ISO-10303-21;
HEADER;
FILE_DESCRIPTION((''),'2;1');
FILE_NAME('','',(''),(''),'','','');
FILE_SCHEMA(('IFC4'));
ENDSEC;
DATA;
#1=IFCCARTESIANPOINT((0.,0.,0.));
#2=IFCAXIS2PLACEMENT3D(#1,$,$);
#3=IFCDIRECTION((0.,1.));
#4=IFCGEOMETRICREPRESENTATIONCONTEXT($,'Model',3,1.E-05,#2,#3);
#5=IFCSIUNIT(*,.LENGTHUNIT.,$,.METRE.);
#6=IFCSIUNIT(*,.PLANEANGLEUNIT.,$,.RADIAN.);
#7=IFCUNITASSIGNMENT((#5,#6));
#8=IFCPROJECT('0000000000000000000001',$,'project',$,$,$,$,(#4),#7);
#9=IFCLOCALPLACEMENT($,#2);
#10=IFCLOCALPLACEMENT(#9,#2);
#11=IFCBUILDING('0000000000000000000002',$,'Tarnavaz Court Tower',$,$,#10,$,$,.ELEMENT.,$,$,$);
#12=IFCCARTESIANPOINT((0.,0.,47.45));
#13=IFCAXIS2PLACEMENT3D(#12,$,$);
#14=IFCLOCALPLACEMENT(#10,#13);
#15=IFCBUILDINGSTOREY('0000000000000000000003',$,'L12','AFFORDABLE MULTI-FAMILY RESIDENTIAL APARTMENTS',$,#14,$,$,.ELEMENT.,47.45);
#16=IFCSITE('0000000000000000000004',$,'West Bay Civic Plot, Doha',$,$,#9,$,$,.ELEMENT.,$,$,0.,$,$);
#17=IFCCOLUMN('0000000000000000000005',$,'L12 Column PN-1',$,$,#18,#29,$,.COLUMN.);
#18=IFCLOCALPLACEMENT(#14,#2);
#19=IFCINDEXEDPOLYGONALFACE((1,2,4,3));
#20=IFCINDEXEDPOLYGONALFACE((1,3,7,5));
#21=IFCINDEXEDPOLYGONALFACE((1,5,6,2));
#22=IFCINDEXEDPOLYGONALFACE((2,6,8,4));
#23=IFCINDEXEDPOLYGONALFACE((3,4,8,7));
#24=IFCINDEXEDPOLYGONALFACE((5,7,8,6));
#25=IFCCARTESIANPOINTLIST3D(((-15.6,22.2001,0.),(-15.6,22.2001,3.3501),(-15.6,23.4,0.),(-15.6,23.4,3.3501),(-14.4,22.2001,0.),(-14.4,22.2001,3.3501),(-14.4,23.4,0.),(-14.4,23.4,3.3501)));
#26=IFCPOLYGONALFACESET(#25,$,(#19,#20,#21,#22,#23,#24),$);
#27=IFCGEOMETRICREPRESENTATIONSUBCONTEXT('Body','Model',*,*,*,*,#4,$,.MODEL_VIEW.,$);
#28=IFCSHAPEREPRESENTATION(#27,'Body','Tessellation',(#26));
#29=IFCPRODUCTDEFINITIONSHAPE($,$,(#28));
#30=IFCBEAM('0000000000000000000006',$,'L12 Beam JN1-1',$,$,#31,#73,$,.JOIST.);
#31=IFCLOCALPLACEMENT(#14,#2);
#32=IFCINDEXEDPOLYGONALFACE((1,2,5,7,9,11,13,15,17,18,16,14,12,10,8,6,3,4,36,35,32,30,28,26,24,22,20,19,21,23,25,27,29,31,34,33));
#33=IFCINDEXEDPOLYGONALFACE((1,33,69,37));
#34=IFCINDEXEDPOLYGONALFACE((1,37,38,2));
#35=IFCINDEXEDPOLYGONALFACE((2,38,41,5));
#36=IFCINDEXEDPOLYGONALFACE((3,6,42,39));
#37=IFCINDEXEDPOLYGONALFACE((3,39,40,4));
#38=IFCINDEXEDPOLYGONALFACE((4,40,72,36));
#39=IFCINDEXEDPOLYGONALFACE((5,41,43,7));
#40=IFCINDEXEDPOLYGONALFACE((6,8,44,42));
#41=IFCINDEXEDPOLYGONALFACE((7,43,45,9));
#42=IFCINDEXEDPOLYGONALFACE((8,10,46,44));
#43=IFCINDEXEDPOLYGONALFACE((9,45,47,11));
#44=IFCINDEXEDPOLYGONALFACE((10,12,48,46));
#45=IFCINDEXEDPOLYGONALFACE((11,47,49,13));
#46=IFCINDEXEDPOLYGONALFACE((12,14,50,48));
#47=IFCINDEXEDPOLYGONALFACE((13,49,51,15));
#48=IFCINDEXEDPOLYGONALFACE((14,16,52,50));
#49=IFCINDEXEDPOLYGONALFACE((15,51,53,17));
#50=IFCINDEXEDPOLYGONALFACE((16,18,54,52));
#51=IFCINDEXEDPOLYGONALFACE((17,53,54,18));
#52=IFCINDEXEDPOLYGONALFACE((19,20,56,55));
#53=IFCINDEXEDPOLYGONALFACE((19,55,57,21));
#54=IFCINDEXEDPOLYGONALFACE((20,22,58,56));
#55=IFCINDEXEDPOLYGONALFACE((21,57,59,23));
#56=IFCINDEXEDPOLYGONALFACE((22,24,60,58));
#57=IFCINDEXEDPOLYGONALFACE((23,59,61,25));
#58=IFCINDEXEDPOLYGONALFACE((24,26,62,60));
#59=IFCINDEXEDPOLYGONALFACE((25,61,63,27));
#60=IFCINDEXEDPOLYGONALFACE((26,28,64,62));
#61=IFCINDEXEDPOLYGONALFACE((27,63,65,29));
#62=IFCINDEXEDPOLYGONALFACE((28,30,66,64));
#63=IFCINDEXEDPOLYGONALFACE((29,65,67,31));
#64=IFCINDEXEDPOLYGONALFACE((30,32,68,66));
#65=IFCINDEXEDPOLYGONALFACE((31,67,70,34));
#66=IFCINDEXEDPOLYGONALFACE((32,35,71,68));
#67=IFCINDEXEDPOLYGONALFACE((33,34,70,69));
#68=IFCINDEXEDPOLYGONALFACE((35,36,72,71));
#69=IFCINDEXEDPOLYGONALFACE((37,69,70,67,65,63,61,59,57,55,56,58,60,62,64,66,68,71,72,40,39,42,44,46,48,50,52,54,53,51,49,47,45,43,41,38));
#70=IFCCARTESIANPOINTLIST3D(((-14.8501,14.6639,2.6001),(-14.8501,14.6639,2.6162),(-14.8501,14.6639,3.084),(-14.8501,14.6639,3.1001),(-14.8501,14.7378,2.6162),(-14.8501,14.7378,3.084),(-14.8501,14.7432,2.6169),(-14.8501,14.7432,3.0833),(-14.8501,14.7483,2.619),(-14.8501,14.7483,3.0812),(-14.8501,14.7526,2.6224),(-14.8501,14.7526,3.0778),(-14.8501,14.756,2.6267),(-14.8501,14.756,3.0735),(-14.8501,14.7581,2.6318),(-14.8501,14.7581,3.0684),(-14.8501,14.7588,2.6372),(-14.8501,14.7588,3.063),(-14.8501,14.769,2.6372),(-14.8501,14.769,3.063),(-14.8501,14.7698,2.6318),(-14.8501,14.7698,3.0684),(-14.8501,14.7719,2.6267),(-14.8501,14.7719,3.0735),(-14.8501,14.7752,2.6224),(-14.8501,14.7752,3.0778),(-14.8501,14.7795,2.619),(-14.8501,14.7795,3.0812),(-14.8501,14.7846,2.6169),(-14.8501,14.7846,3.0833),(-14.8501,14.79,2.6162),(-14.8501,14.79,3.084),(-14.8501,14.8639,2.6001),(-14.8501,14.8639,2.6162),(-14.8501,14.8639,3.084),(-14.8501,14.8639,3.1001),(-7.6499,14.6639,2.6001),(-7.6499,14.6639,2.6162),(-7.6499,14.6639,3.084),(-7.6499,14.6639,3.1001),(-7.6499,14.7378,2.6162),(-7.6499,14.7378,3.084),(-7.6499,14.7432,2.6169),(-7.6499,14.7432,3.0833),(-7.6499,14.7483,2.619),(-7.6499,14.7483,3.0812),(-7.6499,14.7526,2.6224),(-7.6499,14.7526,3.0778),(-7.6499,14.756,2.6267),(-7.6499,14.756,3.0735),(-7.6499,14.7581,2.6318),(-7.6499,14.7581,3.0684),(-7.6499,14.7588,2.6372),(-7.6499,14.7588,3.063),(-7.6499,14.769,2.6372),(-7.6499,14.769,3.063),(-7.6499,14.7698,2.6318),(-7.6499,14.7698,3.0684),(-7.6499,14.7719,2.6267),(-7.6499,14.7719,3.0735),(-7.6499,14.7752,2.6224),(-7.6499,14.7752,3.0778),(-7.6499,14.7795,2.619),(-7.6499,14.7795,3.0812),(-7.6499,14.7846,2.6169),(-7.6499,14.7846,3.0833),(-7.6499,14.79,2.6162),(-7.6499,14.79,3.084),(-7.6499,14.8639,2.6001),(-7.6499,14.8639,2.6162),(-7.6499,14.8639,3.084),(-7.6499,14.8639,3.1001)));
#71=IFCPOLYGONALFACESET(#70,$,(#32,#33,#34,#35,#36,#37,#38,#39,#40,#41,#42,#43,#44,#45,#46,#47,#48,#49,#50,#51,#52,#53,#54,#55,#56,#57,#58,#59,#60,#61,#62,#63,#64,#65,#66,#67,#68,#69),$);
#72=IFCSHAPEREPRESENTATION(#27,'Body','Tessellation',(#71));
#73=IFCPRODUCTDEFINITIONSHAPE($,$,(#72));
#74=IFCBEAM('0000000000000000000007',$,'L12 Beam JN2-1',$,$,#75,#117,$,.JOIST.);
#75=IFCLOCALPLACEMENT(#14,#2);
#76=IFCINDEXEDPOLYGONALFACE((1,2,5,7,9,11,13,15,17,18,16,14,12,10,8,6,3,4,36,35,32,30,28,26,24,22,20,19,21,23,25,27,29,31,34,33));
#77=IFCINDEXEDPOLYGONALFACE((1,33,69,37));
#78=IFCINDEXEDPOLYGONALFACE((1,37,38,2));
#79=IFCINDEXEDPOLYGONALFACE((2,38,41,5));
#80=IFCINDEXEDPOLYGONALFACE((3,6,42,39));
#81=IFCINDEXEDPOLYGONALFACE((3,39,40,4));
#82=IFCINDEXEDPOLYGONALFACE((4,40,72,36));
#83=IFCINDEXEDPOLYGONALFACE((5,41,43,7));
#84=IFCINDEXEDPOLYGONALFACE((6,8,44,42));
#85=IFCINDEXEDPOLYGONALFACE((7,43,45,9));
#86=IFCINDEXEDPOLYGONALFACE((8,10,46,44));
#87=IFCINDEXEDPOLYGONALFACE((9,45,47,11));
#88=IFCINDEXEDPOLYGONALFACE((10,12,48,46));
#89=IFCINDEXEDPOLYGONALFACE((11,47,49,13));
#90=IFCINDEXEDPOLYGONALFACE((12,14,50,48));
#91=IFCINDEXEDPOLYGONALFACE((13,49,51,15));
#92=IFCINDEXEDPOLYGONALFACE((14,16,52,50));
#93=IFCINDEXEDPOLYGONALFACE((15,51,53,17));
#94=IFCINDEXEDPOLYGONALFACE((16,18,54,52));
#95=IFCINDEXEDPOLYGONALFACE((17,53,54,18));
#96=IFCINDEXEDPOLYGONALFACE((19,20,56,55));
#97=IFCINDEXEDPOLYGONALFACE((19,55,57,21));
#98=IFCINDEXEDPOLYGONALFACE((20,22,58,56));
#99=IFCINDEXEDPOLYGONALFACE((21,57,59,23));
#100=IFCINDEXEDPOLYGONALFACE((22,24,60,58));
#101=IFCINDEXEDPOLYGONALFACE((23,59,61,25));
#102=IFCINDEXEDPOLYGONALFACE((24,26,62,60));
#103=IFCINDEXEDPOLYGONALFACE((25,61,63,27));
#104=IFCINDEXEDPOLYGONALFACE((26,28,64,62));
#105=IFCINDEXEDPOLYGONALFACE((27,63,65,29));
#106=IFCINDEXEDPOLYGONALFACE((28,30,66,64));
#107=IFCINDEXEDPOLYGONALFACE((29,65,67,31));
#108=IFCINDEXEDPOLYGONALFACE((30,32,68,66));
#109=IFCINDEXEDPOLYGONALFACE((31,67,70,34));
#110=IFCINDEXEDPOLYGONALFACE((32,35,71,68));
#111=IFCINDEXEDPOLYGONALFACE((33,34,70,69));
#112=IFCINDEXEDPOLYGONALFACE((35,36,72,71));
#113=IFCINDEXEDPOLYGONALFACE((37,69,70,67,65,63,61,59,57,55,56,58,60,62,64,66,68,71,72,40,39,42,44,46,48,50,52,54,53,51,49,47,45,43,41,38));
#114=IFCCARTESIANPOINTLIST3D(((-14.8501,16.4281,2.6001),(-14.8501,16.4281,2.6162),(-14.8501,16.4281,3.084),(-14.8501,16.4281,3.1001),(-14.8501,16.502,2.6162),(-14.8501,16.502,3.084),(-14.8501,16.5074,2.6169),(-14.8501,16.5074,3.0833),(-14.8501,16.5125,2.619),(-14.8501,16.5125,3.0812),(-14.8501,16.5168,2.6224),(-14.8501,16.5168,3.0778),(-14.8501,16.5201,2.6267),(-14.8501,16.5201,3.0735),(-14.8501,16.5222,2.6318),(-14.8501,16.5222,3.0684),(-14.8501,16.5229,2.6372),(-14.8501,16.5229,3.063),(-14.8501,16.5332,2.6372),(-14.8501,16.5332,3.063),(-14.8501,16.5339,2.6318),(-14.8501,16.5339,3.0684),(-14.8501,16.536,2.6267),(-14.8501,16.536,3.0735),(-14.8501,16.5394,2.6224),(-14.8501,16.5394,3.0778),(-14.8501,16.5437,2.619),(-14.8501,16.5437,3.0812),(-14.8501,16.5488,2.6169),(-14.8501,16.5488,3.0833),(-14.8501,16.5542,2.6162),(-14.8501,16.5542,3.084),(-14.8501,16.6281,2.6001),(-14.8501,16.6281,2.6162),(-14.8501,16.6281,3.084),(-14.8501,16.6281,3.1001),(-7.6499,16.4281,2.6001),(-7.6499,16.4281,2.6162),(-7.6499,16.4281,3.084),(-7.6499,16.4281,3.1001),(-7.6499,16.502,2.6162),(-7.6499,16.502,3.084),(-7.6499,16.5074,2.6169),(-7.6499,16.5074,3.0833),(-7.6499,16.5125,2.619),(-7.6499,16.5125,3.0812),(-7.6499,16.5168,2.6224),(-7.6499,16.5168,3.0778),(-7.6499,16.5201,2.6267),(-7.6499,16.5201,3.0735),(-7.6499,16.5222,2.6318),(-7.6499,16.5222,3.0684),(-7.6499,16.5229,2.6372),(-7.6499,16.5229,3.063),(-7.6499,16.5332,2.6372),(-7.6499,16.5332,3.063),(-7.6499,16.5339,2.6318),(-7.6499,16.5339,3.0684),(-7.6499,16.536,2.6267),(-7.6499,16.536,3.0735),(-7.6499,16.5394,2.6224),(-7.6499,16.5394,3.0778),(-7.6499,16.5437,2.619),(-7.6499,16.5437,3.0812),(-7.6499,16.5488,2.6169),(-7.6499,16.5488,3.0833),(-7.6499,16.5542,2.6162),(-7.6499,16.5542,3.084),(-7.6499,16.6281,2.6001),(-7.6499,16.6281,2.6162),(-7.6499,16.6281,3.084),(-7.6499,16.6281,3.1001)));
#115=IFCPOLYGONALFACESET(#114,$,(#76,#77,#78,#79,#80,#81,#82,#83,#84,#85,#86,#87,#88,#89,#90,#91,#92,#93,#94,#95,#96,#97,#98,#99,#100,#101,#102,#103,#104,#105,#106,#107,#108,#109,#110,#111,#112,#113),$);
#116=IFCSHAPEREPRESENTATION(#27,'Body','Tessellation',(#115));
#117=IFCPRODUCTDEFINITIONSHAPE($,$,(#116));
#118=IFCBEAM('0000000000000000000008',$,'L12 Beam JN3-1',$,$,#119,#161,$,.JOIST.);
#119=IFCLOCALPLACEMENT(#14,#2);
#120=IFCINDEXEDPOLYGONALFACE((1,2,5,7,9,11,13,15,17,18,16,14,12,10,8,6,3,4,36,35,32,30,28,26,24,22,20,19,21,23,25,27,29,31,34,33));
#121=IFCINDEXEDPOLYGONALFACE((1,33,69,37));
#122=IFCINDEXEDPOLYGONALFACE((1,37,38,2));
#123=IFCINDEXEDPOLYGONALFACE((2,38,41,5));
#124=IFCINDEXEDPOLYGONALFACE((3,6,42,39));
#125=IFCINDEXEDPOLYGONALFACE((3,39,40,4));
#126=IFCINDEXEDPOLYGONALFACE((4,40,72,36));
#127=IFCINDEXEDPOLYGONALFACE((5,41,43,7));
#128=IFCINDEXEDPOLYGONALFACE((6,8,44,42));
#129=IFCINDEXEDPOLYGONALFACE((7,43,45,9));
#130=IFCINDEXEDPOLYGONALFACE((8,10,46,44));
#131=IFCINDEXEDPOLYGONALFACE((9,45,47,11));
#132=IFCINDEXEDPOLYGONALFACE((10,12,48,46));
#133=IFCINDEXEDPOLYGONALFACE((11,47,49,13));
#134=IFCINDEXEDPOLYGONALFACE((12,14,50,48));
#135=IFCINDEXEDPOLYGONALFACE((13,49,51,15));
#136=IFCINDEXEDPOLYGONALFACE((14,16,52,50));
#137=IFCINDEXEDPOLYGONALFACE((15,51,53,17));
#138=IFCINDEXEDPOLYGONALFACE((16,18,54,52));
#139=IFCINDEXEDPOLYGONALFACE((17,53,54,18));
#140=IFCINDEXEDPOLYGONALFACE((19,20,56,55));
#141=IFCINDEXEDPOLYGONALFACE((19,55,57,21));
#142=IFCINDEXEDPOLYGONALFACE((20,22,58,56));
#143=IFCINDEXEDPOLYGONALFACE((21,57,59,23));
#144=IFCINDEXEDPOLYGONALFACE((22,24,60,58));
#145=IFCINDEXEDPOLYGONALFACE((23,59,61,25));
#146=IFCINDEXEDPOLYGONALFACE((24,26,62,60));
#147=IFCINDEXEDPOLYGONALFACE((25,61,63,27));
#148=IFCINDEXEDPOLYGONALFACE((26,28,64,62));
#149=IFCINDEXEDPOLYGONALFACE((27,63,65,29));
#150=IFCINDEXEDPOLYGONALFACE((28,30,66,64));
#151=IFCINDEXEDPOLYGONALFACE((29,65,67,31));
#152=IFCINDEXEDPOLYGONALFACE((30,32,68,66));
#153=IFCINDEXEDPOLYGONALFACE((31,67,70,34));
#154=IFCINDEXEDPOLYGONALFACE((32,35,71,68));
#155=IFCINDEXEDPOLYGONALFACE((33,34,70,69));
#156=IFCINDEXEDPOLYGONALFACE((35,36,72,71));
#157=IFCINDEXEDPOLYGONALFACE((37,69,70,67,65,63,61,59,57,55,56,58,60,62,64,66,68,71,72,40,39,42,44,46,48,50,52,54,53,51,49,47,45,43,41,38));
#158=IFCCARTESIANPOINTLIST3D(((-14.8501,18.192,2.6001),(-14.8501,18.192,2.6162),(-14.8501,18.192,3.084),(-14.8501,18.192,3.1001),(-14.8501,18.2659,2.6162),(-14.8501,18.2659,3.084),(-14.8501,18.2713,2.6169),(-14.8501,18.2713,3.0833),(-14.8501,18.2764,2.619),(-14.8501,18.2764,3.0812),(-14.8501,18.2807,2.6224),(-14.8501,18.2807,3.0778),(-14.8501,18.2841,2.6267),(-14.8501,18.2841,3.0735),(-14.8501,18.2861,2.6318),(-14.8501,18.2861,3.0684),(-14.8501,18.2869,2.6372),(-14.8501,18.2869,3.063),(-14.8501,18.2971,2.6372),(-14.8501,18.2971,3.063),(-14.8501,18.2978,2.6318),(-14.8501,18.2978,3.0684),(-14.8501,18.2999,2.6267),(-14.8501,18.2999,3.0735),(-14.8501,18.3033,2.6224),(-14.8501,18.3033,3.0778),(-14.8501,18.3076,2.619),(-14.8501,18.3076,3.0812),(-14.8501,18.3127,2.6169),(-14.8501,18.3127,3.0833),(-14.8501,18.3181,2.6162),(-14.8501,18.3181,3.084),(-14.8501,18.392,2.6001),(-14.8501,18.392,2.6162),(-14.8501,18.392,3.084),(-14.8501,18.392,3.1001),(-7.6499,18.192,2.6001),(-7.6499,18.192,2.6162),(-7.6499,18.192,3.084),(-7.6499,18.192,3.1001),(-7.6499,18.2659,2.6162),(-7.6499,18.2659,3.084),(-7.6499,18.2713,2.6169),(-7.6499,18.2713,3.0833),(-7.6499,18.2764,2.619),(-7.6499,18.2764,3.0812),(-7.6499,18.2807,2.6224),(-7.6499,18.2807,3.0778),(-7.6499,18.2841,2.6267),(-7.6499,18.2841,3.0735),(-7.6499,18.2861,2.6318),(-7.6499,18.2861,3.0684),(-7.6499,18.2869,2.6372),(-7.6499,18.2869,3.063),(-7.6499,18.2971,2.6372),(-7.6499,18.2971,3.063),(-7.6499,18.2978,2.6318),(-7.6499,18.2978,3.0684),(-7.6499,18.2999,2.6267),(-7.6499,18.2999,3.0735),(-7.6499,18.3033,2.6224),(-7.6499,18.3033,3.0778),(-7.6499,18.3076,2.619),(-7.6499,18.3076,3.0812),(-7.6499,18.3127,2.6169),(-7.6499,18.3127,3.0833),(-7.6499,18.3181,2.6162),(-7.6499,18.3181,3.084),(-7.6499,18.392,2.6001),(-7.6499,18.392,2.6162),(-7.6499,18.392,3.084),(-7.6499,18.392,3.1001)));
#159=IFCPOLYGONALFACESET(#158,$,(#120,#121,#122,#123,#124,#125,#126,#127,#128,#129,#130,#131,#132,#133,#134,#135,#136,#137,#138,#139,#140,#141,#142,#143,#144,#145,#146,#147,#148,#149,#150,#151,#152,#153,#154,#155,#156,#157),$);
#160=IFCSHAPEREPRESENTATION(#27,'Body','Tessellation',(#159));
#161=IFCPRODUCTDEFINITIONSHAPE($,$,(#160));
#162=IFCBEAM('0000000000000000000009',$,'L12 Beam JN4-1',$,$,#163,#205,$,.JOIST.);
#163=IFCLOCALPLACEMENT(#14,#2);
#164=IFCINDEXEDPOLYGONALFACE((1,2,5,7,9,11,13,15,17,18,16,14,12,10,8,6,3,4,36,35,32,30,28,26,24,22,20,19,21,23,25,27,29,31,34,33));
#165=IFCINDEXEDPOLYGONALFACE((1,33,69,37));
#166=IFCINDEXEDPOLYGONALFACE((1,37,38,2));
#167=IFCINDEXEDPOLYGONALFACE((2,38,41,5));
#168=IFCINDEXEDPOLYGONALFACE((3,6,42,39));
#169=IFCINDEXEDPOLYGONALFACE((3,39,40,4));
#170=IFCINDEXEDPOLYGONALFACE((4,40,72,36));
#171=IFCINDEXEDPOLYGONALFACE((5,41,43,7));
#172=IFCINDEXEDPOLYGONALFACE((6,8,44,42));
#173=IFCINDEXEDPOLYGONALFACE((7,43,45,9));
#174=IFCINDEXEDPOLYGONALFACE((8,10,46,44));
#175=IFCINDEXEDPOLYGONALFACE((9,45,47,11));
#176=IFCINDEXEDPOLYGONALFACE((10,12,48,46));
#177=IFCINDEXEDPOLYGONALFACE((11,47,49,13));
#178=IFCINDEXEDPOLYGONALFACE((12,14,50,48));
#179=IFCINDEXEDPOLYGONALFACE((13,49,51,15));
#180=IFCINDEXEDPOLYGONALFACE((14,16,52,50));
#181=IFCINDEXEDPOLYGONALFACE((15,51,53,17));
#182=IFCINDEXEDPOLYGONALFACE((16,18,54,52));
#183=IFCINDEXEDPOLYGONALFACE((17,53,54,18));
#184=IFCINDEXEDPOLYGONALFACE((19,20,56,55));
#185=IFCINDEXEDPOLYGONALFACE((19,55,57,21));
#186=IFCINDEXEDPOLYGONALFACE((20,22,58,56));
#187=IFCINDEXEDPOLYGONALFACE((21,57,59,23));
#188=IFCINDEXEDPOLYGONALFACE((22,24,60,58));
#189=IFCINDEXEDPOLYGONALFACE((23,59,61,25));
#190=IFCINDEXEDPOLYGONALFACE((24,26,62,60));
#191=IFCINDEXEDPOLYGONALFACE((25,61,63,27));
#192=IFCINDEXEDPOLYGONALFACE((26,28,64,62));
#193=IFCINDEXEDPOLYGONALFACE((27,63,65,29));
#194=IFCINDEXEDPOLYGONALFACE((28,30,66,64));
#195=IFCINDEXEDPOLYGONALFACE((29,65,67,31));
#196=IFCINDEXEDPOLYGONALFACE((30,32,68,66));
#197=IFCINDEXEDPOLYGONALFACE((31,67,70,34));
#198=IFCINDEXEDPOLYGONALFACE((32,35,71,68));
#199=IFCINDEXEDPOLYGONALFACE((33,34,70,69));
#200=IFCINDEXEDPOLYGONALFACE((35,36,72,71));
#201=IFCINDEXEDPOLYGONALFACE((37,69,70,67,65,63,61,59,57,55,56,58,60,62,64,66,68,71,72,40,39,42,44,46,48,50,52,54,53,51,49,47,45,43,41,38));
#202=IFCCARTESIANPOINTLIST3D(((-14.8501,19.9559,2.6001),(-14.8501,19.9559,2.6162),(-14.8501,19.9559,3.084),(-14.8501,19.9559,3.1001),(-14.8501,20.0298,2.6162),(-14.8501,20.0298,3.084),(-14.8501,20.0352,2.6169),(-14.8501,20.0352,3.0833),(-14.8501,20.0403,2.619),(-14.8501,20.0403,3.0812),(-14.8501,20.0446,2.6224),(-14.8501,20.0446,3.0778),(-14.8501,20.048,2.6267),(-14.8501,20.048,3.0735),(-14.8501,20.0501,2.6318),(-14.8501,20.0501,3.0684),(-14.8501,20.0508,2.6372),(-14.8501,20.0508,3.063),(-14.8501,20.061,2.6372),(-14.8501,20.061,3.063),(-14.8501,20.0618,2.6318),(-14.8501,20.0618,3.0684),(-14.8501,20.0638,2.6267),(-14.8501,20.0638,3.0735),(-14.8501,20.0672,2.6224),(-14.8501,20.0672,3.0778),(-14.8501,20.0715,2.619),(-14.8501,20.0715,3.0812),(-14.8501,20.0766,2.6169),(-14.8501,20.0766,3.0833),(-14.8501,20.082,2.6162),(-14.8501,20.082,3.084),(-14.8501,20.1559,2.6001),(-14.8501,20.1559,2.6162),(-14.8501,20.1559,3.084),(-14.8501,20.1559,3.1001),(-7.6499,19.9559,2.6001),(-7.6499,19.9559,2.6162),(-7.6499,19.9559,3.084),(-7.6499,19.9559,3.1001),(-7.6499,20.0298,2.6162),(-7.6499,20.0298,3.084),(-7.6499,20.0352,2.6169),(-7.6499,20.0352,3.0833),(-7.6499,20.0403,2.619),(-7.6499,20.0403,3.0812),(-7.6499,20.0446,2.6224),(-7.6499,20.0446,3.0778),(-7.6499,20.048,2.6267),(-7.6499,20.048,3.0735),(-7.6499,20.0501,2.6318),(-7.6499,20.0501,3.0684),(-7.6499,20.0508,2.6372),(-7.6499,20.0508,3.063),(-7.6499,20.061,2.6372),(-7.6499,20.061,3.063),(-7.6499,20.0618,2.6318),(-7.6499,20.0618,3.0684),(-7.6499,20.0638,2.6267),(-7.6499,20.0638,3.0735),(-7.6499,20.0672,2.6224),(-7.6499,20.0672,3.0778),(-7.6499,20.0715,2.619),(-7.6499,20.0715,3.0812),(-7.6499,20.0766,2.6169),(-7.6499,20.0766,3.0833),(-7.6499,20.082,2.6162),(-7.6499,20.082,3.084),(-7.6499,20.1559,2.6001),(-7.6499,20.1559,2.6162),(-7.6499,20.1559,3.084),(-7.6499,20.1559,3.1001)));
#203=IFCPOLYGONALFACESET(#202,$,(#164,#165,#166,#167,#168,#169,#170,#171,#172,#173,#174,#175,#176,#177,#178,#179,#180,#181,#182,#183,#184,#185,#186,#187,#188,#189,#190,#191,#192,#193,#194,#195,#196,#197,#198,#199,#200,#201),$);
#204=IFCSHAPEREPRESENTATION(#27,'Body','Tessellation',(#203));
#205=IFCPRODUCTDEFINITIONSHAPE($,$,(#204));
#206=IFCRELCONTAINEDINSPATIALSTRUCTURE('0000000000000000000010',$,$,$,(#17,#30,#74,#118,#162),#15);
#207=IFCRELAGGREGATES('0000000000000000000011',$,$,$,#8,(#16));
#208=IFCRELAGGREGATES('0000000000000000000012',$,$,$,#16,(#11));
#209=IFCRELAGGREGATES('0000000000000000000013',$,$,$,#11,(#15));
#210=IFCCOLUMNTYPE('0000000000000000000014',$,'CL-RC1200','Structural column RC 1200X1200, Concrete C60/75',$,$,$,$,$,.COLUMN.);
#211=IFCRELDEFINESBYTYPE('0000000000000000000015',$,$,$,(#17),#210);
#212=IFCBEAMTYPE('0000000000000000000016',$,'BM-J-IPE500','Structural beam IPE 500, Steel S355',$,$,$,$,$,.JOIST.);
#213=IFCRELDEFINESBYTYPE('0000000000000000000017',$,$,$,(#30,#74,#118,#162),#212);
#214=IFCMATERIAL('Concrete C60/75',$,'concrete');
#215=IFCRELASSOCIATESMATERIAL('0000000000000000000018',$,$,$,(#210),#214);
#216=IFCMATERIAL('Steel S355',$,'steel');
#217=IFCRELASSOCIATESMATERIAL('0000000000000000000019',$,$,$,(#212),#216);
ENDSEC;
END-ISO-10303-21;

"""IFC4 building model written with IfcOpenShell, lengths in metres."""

from ifc_helpers import new_model, si_unit, direction, frame, origin, origin_2d, place, context, subcontext, project, spatial, rectangle, i_section, extrude, material, material_profile, profile_set, type_object, element, save


model = new_model("IFC4")

# Units and contexts
model_context = context("Model", 3, precision=1e-05, world=origin(), true_north=direction((0.0, 1.0)))
body_context = subcontext(model_context, "Body", "Model", "MODEL_VIEW")
ifc_project = project(units=[si_unit("LENGTHUNIT", "METRE"), si_unit("PLANEANGLEUNIT", "RADIAN")], contexts=[model_context])

# Site, building, storey
site_placement = place(None, origin())
site = spatial("IfcSite", under=ifc_project, at=site_placement, Name="West Bay Civic Plot, Doha", CompositionType="ELEMENT", RefElevation=0.0)
building_placement = place(site_placement, origin())
building = spatial("IfcBuilding", under=site, at=building_placement, Name="Tarnavaz Court Tower", CompositionType="ELEMENT")
storey_placement = place(building_placement, frame((0.0, 0.0, 47.45)))
storey = spatial("IfcBuildingStorey", under=building, at=storey_placement, Name="L12", Description="AFFORDABLE MULTI-FAMILY RESIDENTIAL APARTMENTS", CompositionType="ELEMENT", Elevation=47.45)

# Column
ifc_material_1 = material(Name="Concrete C60/75", Category="concrete")
ifc_material_profile_1 = material_profile(ifc_material_1, rectangle(XDim=1.2, YDim=1.2, at=origin_2d()), Name="RC 1200X1200")
ifc_profile_set_1 = profile_set([ifc_material_profile_1], Name="Concrete C60/75")
column_type = type_object("IfcColumnType", Name="CL-RC1200", Description="Structural column RC 1200X1200, Concrete C60/75", PredefinedType="COLUMN", material=ifc_profile_set_1)
column_placement = place(storey_placement, frame((-15.0, 22.8, 0.0), z_axis=(0.0, 0.0, 1.0), x_axis=(1.0, 0.0, 0.0)))
element("IfcColumn", 1, at=column_placement, inside=storey, type_object=column_type, Name="L12 Column PN-1", PredefinedType="COLUMN", context=body_context, shape_type="SweptSolid", body=[
    extrude(rectangle(XDim=1.2, YDim=1.2, at=origin_2d()), origin(), (0.0, 0.0, 1.0), 3.3501),
])

# Beams
ifc_material_2 = material(Name="Steel S355", Category="steel")
ifc_material_profile_2 = material_profile(ifc_material_2, i_section(OverallWidth=0.2, OverallDepth=0.5, WebThickness=0.0103, FlangeThickness=0.0161, FilletRadius=0.021, at=origin_2d()), Name="IPE 500")
ifc_profile_set_2 = profile_set([ifc_material_profile_2], Name="Steel S355")
beam_type_1 = type_object("IfcBeamType", Name="BM-J-IPE500", Description="Structural beam IPE 500, Steel S355", PredefinedType="JOIST", material=ifc_profile_set_2)
for number, where, z_axis, x_axis, name in (
    (2, (-14.8501, 14.7639, 2.8501), (1.0, 0.0, 0.0), (0.0, 1.0, 0.0), "L12 Beam JN1-1"),
    (3, (-14.8501, 16.5281, 2.8501), (1.0, 0.0, 0.0), (0.0, 1.0, 0.0), "L12 Beam JN2-1"),
    (4, (-14.8501, 18.292, 2.8501), (1.0, 0.0, 0.0), (0.0, 1.0, 0.0), "L12 Beam JN3-1"),
    (5, (-14.8501, 20.0559, 2.8501), (1.0, 0.0, 0.0), (0.0, 1.0, 0.0), "L12 Beam JN4-1"),
):
    element("IfcBeam", number, at=place(storey_placement, frame(where, z_axis=z_axis, x_axis=x_axis)), inside=storey, type_object=beam_type_1, Name=name, PredefinedType="JOIST", context=body_context, shape_type="SweptSolid", body=[
        extrude(i_section(OverallWidth=0.2, OverallDepth=0.5, WebThickness=0.0103, FlangeThickness=0.0161, FilletRadius=0.021, at=origin_2d()), origin(), (0.0, 0.0, 1.0), 7.2002),
    ])

save(model, "model.ifc")
